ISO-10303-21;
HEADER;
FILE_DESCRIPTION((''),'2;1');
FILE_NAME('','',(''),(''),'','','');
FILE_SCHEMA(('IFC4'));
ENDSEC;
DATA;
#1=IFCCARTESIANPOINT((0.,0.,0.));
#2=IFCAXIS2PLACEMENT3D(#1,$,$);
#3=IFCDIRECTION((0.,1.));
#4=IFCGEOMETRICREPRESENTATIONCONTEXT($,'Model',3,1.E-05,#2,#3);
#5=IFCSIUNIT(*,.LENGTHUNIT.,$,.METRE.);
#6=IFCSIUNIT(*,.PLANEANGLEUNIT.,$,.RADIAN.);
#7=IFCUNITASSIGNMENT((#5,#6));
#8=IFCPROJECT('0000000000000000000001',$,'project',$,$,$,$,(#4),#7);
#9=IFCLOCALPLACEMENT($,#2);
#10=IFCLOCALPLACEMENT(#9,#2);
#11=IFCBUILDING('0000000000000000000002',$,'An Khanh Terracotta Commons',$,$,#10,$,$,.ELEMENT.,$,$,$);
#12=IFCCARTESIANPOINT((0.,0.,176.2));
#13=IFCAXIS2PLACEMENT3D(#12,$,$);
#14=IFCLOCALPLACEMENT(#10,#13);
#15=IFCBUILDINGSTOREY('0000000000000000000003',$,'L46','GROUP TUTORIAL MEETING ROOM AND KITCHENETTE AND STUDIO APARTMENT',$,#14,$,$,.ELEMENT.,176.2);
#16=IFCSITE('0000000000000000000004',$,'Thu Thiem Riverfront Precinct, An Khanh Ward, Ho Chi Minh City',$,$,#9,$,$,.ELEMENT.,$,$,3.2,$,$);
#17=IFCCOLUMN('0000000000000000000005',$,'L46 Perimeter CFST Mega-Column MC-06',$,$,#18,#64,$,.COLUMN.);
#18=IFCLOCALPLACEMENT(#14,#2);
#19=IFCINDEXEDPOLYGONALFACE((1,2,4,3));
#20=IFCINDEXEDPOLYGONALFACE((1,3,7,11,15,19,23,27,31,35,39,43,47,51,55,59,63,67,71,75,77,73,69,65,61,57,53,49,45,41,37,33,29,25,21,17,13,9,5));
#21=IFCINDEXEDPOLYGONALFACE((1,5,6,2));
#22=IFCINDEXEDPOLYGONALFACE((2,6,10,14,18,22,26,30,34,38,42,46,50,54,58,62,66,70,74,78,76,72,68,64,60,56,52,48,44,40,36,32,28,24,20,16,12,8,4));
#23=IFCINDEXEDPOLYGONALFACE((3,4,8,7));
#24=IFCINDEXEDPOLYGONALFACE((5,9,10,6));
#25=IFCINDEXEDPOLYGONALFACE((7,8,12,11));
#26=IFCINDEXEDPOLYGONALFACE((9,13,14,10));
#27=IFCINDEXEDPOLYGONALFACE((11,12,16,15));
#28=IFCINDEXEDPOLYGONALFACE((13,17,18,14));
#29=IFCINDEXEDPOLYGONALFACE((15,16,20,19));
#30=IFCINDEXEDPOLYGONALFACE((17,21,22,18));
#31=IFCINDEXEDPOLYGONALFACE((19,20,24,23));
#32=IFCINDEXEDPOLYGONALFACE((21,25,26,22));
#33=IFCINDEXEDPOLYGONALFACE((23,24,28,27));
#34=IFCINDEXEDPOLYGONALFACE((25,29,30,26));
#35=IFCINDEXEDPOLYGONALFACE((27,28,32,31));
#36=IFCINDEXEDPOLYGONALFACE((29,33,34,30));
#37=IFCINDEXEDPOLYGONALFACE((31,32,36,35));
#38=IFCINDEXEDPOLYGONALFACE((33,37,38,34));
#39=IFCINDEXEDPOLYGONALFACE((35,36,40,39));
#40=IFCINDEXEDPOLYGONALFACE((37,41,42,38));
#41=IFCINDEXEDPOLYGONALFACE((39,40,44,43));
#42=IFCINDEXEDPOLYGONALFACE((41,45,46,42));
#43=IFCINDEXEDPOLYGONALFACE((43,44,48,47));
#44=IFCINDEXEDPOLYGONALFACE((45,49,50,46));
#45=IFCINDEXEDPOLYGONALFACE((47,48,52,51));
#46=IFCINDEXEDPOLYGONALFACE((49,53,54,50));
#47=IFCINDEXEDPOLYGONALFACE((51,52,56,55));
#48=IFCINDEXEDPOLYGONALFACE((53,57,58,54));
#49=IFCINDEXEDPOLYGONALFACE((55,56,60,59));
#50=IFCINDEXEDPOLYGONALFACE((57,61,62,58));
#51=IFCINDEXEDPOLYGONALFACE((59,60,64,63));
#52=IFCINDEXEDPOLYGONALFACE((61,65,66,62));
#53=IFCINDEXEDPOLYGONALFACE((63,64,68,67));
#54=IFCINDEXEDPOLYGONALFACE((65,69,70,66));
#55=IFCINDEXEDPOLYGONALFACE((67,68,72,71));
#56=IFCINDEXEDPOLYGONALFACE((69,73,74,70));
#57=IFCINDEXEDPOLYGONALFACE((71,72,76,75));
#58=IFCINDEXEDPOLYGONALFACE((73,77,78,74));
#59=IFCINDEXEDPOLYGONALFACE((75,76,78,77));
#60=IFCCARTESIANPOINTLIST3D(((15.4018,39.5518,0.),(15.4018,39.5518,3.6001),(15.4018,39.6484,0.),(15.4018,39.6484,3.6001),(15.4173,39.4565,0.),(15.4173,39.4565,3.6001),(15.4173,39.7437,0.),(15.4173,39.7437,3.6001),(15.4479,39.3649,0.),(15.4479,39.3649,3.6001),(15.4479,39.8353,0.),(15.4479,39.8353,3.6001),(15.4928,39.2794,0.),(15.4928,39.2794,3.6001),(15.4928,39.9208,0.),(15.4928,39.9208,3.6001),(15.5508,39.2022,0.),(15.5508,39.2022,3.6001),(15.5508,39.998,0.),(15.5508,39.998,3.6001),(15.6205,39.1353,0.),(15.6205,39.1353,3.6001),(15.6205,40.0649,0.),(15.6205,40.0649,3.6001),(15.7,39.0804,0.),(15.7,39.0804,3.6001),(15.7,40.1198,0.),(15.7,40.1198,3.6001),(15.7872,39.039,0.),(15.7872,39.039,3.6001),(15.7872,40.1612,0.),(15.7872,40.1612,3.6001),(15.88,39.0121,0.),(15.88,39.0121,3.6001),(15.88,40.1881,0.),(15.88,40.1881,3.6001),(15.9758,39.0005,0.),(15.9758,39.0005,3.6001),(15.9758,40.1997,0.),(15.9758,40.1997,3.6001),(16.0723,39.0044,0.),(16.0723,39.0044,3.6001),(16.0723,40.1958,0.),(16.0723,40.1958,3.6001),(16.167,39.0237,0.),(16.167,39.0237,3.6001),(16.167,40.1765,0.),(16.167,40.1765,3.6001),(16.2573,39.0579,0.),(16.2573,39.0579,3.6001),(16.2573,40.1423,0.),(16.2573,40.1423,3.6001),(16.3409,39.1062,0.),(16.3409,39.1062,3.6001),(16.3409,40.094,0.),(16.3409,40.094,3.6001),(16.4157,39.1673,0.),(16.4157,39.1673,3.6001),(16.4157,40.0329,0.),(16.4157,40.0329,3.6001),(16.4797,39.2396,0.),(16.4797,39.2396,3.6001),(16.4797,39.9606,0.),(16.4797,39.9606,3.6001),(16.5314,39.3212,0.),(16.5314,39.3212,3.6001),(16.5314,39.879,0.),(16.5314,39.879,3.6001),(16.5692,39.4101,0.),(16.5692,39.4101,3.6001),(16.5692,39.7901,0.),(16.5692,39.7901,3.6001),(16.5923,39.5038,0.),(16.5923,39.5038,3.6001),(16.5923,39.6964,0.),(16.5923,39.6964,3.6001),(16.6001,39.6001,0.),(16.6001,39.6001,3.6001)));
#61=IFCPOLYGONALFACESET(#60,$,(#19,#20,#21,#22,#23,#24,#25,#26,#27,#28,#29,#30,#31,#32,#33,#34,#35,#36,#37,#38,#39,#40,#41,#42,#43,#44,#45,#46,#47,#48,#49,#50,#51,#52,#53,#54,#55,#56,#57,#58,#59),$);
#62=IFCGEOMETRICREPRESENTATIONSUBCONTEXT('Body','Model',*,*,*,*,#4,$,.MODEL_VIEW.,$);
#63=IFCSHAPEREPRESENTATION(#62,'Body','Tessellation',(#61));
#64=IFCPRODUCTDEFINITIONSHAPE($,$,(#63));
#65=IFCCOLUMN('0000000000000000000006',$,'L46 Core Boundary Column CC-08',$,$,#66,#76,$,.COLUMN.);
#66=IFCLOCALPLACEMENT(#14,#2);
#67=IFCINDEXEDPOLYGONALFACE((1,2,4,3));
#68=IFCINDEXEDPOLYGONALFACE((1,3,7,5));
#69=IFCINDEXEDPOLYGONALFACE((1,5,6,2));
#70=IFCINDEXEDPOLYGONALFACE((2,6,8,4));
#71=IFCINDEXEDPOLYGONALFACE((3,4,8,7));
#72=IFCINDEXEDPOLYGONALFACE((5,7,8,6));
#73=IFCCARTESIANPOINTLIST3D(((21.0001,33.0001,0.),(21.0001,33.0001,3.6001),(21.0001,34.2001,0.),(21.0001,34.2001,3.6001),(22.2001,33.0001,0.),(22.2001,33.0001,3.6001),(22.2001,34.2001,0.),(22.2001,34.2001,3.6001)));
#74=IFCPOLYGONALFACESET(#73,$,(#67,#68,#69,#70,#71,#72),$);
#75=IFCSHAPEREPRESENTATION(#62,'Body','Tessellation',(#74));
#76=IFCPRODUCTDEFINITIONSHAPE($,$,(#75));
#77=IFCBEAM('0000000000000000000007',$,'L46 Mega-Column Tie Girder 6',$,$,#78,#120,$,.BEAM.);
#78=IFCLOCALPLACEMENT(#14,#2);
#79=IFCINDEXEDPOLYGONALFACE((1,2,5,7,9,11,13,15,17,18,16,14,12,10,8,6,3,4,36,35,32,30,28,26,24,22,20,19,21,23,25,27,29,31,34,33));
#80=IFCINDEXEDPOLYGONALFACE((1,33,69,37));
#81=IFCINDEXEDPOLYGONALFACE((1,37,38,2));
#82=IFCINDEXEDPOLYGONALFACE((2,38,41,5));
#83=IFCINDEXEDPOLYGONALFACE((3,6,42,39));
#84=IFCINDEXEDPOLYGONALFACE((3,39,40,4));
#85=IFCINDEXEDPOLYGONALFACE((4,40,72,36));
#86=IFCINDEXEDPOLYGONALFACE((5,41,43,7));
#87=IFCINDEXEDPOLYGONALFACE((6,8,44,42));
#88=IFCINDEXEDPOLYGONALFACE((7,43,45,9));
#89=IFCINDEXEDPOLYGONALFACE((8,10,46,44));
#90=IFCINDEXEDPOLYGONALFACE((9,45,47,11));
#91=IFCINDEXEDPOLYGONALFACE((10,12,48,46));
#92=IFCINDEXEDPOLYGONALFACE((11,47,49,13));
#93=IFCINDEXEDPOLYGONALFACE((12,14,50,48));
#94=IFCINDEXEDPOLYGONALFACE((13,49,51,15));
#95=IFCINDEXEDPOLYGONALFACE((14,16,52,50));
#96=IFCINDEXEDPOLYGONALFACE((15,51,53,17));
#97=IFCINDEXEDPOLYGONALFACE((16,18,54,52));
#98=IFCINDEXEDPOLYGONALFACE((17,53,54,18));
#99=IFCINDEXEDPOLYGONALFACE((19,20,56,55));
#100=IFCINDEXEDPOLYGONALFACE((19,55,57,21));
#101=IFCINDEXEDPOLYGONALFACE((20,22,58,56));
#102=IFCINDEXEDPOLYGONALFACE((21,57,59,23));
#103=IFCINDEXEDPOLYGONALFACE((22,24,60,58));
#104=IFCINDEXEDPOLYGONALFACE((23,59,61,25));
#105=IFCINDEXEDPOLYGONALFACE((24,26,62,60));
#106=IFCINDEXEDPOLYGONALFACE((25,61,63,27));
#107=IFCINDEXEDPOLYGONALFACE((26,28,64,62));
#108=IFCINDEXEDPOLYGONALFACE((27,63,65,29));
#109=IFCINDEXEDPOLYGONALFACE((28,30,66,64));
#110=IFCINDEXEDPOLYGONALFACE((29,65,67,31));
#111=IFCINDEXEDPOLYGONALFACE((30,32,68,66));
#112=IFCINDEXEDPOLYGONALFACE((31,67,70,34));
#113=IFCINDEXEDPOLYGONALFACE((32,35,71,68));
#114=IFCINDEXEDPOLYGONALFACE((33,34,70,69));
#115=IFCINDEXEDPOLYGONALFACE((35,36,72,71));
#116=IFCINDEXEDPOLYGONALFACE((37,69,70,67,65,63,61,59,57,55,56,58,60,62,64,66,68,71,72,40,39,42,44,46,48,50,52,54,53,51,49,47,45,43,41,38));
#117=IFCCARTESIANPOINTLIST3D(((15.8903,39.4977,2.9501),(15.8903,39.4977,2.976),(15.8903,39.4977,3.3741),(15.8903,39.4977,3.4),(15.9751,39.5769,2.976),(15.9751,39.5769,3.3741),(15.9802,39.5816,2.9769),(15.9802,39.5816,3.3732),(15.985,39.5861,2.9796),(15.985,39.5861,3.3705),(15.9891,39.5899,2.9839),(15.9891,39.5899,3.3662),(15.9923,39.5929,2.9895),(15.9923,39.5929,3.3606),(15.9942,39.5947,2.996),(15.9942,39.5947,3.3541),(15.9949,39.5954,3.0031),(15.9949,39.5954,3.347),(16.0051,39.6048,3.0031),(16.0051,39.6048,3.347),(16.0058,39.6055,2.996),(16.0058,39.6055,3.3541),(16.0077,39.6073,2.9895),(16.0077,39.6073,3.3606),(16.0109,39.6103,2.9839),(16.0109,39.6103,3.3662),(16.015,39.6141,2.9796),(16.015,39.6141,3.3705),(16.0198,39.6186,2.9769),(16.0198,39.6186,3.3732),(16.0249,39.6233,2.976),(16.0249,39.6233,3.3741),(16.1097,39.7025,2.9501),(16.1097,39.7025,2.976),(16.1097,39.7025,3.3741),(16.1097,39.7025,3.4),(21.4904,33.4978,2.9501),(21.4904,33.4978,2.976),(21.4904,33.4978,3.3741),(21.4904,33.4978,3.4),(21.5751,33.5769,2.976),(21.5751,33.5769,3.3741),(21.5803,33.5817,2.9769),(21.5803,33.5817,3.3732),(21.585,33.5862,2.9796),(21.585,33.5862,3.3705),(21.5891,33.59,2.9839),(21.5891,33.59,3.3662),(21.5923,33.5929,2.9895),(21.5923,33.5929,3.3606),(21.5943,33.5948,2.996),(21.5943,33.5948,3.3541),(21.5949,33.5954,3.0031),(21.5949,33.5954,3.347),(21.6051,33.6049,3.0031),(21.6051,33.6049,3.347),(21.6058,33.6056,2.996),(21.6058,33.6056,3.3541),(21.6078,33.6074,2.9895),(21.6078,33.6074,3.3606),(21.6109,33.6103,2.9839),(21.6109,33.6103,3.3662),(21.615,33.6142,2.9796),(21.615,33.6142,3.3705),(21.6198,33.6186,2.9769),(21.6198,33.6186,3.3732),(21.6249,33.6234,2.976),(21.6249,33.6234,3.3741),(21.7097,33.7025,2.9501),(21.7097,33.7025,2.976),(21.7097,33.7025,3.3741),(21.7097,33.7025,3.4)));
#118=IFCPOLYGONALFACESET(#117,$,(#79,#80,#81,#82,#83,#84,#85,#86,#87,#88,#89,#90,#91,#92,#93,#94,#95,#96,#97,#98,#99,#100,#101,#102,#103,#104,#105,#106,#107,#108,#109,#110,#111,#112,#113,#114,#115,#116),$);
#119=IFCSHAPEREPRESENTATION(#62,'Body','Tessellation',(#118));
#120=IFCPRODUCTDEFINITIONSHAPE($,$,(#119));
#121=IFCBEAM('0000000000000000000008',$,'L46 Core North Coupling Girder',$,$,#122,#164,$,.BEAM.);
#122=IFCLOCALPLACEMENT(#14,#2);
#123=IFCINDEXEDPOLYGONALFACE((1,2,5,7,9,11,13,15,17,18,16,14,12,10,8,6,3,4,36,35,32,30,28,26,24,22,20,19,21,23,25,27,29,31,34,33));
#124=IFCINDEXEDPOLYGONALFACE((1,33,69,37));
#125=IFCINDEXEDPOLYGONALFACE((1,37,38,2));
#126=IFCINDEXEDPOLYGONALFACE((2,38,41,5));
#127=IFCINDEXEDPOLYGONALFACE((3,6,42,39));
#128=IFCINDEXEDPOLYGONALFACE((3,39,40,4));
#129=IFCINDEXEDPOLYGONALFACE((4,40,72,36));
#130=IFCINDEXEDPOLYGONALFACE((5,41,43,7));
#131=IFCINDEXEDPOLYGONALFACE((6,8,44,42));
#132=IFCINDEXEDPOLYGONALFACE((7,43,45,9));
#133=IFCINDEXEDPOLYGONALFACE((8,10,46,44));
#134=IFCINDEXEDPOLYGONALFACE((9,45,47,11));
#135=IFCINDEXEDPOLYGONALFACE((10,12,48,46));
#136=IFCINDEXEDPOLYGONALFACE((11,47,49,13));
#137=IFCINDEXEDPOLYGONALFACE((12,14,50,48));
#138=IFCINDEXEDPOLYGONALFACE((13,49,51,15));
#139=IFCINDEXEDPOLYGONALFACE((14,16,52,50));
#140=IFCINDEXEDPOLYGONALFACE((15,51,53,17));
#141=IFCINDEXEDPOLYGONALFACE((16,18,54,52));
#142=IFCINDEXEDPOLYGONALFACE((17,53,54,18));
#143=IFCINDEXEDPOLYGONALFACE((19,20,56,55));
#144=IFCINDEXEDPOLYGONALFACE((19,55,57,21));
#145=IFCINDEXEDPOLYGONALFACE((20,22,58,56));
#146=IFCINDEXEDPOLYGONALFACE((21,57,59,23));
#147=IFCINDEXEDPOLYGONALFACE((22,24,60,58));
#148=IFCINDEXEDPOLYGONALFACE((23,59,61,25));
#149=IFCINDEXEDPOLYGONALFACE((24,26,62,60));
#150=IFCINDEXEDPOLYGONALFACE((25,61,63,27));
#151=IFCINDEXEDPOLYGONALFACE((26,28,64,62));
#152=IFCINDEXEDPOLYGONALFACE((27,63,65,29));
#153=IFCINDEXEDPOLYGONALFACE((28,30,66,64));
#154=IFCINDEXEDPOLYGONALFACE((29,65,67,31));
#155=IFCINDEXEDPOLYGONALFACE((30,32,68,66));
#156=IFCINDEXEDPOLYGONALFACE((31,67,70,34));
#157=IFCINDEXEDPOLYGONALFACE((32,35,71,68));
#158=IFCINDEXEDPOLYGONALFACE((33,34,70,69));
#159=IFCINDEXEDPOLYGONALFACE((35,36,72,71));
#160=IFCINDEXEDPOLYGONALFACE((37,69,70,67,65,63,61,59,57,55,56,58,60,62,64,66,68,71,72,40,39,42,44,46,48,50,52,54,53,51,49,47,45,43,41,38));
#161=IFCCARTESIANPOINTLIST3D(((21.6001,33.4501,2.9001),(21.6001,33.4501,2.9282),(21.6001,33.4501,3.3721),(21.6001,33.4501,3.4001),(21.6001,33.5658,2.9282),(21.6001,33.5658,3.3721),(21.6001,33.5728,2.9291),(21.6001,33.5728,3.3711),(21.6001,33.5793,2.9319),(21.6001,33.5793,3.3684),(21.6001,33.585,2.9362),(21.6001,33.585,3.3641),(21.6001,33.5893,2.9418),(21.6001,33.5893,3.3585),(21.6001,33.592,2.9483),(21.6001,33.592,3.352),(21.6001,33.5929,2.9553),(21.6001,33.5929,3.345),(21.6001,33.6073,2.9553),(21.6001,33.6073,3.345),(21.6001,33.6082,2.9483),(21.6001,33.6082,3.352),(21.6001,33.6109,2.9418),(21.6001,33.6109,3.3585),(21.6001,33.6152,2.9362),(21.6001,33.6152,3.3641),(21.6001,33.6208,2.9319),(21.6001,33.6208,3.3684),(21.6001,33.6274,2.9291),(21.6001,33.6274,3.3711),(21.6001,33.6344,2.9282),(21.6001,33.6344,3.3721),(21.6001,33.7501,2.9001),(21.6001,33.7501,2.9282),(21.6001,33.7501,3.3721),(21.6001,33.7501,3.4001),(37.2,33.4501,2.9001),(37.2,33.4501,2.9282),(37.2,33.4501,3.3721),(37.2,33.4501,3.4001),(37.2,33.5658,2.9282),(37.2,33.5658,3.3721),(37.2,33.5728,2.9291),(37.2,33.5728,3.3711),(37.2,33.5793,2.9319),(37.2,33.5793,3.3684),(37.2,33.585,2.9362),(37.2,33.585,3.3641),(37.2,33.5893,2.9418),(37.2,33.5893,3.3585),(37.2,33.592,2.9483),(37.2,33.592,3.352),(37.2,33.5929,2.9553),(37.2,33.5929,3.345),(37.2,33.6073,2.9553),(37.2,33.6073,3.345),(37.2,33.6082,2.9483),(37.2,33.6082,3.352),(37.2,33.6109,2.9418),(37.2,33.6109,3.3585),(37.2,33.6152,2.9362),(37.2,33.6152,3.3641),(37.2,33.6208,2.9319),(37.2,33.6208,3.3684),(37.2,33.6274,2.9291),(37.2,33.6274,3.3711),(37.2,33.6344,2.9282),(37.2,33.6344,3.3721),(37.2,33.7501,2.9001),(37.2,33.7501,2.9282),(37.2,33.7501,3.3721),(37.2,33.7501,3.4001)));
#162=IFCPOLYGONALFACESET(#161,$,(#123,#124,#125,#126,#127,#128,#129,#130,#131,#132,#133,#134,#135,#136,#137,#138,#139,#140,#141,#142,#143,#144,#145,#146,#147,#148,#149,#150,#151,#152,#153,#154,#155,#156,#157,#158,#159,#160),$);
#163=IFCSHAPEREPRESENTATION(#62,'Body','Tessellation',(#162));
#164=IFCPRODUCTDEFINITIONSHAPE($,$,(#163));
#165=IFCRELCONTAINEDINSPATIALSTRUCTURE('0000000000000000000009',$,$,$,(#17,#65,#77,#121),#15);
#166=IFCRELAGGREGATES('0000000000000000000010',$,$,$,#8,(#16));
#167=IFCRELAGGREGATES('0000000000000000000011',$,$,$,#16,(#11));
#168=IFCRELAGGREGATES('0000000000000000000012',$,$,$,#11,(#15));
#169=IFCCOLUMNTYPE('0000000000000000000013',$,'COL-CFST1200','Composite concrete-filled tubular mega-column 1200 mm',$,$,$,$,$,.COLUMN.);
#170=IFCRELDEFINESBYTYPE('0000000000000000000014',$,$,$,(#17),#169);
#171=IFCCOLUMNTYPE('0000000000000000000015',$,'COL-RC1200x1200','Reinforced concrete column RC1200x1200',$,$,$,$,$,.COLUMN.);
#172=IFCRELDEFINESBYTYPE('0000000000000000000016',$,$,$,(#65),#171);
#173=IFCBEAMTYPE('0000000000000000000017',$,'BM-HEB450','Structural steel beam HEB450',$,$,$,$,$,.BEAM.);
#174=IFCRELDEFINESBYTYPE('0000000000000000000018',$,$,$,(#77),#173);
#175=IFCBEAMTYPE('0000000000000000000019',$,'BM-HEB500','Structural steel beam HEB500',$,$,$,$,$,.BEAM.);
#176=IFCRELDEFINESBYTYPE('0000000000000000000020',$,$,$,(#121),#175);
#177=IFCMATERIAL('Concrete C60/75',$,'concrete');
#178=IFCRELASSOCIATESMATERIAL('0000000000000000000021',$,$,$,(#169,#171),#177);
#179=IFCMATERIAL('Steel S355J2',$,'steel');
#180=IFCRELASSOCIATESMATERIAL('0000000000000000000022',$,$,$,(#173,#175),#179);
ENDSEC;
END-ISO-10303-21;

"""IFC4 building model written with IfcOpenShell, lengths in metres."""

from ifc_helpers import new_model, si_unit, direction, frame, origin, origin_2d, place, context, subcontext, project, spatial, rectangle, circle, i_section, extrude, material, material_profile, profile_set, type_object, element, save


model = new_model("IFC4")

# Units and contexts
model_context = context("Model", 3, precision=1e-05, world=origin(), true_north=direction((0.0, 1.0)))
body_context = subcontext(model_context, "Body", "Model", "MODEL_VIEW")
ifc_project = project(units=[si_unit("LENGTHUNIT", "METRE"), si_unit("PLANEANGLEUNIT", "RADIAN")], contexts=[model_context])

# Site, building, storey
site_placement = place(None, origin())
site = spatial("IfcSite", under=ifc_project, at=site_placement, Name="Thu Thiem Riverfront Precinct, An Khanh Ward, Ho Chi Minh City", CompositionType="ELEMENT", RefElevation=3.2)
building_placement = place(site_placement, origin())
building = spatial("IfcBuilding", under=site, at=building_placement, Name="An Khanh Terracotta Commons", CompositionType="ELEMENT")
storey_placement = place(building_placement, frame((0.0, 0.0, 176.2)))
storey = spatial("IfcBuildingStorey", under=building, at=storey_placement, Name="L46", Description="GROUP TUTORIAL MEETING ROOM AND KITCHENETTE AND STUDIO APARTMENT", CompositionType="ELEMENT", Elevation=176.2)

# Columns
ifc_material_1 = material(Name="Concrete C60/75", Category="concrete")
ifc_material_profile_1 = material_profile(ifc_material_1, circle(Radius=0.6001, at=origin_2d()), Name="CFST1200")
ifc_profile_set_1 = profile_set([ifc_material_profile_1], Name="Concrete C60/75")
column_type_1 = type_object("IfcColumnType", Name="COL-CFST1200", Description="Composite concrete-filled tubular mega-column 1200 mm", PredefinedType="COLUMN", material=ifc_profile_set_1)
column_1_placement = place(storey_placement, frame((16.0, 39.6001, 0.0), z_axis=(0.0, 0.0, 1.0), x_axis=(1.0, 0.0, 0.0)))
element("IfcColumn", 1, at=column_1_placement, inside=storey, type_object=column_type_1, Name="L46 Perimeter CFST Mega-Column MC-06", PredefinedType="COLUMN", context=body_context, shape_type="SweptSolid", body=[
    extrude(circle(Radius=0.6001, at=origin_2d()), origin(), (0.0, 0.0, 1.0), 3.6001),
])
ifc_material_profile_2 = material_profile(ifc_material_1, rectangle(XDim=1.2, YDim=1.2, at=origin_2d()), Name="RC1200x1200")
ifc_profile_set_2 = profile_set([ifc_material_profile_2], Name="Concrete C60/75")
column_type_2 = type_object("IfcColumnType", Name="COL-RC1200x1200", Description="Reinforced concrete column RC1200x1200", PredefinedType="COLUMN", material=ifc_profile_set_2)
column_2_placement = place(storey_placement, frame((21.6001, 33.6001, 0.0), z_axis=(0.0, 0.0, 1.0), x_axis=(1.0, 0.0, 0.0)))
element("IfcColumn", 2, at=column_2_placement, inside=storey, type_object=column_type_2, Name="L46 Core Boundary Column CC-08", PredefinedType="COLUMN", context=body_context, shape_type="SweptSolid", body=[
    extrude(rectangle(XDim=1.2, YDim=1.2, at=origin_2d()), origin(), (0.0, 0.0, 1.0), 3.6001),
])

# Beams
ifc_material_2 = material(Name="Steel S355J2", Category="steel")
ifc_material_profile_3 = material_profile(ifc_material_2, i_section(OverallWidth=0.3, OverallDepth=0.45, WebThickness=0.0139, FlangeThickness=0.0259, FilletRadius=0.0271, at=origin_2d()), Name="HEB450")
ifc_profile_set_3 = profile_set([ifc_material_profile_3], Name="Steel S355J2")
beam_type_1 = type_object("IfcBeamType", Name="BM-HEB450", Description="Structural steel beam HEB450", PredefinedType="BEAM", material=ifc_profile_set_3)
beam_1_placement = place(storey_placement, frame((16.0, 39.6001, 3.175), z_axis=(0.682325, -0.731049, 0.0), x_axis=(0.731049, 0.682325, 0.0)))
element("IfcBeam", 3, at=beam_1_placement, inside=storey, type_object=beam_type_1, Name="L46 Mega-Column Tie Girder 6", PredefinedType="BEAM", context=body_context, shape_type="SweptSolid", body=[
    extrude(i_section(OverallWidth=0.3, OverallDepth=0.45, WebThickness=0.0139, FlangeThickness=0.0259, FilletRadius=0.0271, at=origin_2d()), origin(), (0.0, 0.0, 1.0), 8.2073),
])
ifc_material_profile_4 = material_profile(ifc_material_2, i_section(OverallWidth=0.3, OverallDepth=0.5, WebThickness=0.0144, FlangeThickness=0.0281, FilletRadius=0.0271, at=origin_2d()), Name="HEB500")
ifc_profile_set_4 = profile_set([ifc_material_profile_4], Name="Steel S355J2")
beam_type_2 = type_object("IfcBeamType", Name="BM-HEB500", Description="Structural steel beam HEB500", PredefinedType="BEAM", material=ifc_profile_set_4)
beam_2_placement = place(storey_placement, frame((21.6001, 33.6001, 3.1501), z_axis=(1.0, 0.0, 0.0), x_axis=(0.0, 1.0, 0.0)))
element("IfcBeam", 4, at=beam_2_placement, inside=storey, type_object=beam_type_2, Name="L46 Core North Coupling Girder", PredefinedType="BEAM", context=body_context, shape_type="SweptSolid", body=[
    extrude(i_section(OverallWidth=0.3, OverallDepth=0.5, WebThickness=0.0144, FlangeThickness=0.0281, FilletRadius=0.0271, at=origin_2d()), origin(), (0.0, 0.0, 1.0), 15.5999),
])

save(model, "model.ifc")
